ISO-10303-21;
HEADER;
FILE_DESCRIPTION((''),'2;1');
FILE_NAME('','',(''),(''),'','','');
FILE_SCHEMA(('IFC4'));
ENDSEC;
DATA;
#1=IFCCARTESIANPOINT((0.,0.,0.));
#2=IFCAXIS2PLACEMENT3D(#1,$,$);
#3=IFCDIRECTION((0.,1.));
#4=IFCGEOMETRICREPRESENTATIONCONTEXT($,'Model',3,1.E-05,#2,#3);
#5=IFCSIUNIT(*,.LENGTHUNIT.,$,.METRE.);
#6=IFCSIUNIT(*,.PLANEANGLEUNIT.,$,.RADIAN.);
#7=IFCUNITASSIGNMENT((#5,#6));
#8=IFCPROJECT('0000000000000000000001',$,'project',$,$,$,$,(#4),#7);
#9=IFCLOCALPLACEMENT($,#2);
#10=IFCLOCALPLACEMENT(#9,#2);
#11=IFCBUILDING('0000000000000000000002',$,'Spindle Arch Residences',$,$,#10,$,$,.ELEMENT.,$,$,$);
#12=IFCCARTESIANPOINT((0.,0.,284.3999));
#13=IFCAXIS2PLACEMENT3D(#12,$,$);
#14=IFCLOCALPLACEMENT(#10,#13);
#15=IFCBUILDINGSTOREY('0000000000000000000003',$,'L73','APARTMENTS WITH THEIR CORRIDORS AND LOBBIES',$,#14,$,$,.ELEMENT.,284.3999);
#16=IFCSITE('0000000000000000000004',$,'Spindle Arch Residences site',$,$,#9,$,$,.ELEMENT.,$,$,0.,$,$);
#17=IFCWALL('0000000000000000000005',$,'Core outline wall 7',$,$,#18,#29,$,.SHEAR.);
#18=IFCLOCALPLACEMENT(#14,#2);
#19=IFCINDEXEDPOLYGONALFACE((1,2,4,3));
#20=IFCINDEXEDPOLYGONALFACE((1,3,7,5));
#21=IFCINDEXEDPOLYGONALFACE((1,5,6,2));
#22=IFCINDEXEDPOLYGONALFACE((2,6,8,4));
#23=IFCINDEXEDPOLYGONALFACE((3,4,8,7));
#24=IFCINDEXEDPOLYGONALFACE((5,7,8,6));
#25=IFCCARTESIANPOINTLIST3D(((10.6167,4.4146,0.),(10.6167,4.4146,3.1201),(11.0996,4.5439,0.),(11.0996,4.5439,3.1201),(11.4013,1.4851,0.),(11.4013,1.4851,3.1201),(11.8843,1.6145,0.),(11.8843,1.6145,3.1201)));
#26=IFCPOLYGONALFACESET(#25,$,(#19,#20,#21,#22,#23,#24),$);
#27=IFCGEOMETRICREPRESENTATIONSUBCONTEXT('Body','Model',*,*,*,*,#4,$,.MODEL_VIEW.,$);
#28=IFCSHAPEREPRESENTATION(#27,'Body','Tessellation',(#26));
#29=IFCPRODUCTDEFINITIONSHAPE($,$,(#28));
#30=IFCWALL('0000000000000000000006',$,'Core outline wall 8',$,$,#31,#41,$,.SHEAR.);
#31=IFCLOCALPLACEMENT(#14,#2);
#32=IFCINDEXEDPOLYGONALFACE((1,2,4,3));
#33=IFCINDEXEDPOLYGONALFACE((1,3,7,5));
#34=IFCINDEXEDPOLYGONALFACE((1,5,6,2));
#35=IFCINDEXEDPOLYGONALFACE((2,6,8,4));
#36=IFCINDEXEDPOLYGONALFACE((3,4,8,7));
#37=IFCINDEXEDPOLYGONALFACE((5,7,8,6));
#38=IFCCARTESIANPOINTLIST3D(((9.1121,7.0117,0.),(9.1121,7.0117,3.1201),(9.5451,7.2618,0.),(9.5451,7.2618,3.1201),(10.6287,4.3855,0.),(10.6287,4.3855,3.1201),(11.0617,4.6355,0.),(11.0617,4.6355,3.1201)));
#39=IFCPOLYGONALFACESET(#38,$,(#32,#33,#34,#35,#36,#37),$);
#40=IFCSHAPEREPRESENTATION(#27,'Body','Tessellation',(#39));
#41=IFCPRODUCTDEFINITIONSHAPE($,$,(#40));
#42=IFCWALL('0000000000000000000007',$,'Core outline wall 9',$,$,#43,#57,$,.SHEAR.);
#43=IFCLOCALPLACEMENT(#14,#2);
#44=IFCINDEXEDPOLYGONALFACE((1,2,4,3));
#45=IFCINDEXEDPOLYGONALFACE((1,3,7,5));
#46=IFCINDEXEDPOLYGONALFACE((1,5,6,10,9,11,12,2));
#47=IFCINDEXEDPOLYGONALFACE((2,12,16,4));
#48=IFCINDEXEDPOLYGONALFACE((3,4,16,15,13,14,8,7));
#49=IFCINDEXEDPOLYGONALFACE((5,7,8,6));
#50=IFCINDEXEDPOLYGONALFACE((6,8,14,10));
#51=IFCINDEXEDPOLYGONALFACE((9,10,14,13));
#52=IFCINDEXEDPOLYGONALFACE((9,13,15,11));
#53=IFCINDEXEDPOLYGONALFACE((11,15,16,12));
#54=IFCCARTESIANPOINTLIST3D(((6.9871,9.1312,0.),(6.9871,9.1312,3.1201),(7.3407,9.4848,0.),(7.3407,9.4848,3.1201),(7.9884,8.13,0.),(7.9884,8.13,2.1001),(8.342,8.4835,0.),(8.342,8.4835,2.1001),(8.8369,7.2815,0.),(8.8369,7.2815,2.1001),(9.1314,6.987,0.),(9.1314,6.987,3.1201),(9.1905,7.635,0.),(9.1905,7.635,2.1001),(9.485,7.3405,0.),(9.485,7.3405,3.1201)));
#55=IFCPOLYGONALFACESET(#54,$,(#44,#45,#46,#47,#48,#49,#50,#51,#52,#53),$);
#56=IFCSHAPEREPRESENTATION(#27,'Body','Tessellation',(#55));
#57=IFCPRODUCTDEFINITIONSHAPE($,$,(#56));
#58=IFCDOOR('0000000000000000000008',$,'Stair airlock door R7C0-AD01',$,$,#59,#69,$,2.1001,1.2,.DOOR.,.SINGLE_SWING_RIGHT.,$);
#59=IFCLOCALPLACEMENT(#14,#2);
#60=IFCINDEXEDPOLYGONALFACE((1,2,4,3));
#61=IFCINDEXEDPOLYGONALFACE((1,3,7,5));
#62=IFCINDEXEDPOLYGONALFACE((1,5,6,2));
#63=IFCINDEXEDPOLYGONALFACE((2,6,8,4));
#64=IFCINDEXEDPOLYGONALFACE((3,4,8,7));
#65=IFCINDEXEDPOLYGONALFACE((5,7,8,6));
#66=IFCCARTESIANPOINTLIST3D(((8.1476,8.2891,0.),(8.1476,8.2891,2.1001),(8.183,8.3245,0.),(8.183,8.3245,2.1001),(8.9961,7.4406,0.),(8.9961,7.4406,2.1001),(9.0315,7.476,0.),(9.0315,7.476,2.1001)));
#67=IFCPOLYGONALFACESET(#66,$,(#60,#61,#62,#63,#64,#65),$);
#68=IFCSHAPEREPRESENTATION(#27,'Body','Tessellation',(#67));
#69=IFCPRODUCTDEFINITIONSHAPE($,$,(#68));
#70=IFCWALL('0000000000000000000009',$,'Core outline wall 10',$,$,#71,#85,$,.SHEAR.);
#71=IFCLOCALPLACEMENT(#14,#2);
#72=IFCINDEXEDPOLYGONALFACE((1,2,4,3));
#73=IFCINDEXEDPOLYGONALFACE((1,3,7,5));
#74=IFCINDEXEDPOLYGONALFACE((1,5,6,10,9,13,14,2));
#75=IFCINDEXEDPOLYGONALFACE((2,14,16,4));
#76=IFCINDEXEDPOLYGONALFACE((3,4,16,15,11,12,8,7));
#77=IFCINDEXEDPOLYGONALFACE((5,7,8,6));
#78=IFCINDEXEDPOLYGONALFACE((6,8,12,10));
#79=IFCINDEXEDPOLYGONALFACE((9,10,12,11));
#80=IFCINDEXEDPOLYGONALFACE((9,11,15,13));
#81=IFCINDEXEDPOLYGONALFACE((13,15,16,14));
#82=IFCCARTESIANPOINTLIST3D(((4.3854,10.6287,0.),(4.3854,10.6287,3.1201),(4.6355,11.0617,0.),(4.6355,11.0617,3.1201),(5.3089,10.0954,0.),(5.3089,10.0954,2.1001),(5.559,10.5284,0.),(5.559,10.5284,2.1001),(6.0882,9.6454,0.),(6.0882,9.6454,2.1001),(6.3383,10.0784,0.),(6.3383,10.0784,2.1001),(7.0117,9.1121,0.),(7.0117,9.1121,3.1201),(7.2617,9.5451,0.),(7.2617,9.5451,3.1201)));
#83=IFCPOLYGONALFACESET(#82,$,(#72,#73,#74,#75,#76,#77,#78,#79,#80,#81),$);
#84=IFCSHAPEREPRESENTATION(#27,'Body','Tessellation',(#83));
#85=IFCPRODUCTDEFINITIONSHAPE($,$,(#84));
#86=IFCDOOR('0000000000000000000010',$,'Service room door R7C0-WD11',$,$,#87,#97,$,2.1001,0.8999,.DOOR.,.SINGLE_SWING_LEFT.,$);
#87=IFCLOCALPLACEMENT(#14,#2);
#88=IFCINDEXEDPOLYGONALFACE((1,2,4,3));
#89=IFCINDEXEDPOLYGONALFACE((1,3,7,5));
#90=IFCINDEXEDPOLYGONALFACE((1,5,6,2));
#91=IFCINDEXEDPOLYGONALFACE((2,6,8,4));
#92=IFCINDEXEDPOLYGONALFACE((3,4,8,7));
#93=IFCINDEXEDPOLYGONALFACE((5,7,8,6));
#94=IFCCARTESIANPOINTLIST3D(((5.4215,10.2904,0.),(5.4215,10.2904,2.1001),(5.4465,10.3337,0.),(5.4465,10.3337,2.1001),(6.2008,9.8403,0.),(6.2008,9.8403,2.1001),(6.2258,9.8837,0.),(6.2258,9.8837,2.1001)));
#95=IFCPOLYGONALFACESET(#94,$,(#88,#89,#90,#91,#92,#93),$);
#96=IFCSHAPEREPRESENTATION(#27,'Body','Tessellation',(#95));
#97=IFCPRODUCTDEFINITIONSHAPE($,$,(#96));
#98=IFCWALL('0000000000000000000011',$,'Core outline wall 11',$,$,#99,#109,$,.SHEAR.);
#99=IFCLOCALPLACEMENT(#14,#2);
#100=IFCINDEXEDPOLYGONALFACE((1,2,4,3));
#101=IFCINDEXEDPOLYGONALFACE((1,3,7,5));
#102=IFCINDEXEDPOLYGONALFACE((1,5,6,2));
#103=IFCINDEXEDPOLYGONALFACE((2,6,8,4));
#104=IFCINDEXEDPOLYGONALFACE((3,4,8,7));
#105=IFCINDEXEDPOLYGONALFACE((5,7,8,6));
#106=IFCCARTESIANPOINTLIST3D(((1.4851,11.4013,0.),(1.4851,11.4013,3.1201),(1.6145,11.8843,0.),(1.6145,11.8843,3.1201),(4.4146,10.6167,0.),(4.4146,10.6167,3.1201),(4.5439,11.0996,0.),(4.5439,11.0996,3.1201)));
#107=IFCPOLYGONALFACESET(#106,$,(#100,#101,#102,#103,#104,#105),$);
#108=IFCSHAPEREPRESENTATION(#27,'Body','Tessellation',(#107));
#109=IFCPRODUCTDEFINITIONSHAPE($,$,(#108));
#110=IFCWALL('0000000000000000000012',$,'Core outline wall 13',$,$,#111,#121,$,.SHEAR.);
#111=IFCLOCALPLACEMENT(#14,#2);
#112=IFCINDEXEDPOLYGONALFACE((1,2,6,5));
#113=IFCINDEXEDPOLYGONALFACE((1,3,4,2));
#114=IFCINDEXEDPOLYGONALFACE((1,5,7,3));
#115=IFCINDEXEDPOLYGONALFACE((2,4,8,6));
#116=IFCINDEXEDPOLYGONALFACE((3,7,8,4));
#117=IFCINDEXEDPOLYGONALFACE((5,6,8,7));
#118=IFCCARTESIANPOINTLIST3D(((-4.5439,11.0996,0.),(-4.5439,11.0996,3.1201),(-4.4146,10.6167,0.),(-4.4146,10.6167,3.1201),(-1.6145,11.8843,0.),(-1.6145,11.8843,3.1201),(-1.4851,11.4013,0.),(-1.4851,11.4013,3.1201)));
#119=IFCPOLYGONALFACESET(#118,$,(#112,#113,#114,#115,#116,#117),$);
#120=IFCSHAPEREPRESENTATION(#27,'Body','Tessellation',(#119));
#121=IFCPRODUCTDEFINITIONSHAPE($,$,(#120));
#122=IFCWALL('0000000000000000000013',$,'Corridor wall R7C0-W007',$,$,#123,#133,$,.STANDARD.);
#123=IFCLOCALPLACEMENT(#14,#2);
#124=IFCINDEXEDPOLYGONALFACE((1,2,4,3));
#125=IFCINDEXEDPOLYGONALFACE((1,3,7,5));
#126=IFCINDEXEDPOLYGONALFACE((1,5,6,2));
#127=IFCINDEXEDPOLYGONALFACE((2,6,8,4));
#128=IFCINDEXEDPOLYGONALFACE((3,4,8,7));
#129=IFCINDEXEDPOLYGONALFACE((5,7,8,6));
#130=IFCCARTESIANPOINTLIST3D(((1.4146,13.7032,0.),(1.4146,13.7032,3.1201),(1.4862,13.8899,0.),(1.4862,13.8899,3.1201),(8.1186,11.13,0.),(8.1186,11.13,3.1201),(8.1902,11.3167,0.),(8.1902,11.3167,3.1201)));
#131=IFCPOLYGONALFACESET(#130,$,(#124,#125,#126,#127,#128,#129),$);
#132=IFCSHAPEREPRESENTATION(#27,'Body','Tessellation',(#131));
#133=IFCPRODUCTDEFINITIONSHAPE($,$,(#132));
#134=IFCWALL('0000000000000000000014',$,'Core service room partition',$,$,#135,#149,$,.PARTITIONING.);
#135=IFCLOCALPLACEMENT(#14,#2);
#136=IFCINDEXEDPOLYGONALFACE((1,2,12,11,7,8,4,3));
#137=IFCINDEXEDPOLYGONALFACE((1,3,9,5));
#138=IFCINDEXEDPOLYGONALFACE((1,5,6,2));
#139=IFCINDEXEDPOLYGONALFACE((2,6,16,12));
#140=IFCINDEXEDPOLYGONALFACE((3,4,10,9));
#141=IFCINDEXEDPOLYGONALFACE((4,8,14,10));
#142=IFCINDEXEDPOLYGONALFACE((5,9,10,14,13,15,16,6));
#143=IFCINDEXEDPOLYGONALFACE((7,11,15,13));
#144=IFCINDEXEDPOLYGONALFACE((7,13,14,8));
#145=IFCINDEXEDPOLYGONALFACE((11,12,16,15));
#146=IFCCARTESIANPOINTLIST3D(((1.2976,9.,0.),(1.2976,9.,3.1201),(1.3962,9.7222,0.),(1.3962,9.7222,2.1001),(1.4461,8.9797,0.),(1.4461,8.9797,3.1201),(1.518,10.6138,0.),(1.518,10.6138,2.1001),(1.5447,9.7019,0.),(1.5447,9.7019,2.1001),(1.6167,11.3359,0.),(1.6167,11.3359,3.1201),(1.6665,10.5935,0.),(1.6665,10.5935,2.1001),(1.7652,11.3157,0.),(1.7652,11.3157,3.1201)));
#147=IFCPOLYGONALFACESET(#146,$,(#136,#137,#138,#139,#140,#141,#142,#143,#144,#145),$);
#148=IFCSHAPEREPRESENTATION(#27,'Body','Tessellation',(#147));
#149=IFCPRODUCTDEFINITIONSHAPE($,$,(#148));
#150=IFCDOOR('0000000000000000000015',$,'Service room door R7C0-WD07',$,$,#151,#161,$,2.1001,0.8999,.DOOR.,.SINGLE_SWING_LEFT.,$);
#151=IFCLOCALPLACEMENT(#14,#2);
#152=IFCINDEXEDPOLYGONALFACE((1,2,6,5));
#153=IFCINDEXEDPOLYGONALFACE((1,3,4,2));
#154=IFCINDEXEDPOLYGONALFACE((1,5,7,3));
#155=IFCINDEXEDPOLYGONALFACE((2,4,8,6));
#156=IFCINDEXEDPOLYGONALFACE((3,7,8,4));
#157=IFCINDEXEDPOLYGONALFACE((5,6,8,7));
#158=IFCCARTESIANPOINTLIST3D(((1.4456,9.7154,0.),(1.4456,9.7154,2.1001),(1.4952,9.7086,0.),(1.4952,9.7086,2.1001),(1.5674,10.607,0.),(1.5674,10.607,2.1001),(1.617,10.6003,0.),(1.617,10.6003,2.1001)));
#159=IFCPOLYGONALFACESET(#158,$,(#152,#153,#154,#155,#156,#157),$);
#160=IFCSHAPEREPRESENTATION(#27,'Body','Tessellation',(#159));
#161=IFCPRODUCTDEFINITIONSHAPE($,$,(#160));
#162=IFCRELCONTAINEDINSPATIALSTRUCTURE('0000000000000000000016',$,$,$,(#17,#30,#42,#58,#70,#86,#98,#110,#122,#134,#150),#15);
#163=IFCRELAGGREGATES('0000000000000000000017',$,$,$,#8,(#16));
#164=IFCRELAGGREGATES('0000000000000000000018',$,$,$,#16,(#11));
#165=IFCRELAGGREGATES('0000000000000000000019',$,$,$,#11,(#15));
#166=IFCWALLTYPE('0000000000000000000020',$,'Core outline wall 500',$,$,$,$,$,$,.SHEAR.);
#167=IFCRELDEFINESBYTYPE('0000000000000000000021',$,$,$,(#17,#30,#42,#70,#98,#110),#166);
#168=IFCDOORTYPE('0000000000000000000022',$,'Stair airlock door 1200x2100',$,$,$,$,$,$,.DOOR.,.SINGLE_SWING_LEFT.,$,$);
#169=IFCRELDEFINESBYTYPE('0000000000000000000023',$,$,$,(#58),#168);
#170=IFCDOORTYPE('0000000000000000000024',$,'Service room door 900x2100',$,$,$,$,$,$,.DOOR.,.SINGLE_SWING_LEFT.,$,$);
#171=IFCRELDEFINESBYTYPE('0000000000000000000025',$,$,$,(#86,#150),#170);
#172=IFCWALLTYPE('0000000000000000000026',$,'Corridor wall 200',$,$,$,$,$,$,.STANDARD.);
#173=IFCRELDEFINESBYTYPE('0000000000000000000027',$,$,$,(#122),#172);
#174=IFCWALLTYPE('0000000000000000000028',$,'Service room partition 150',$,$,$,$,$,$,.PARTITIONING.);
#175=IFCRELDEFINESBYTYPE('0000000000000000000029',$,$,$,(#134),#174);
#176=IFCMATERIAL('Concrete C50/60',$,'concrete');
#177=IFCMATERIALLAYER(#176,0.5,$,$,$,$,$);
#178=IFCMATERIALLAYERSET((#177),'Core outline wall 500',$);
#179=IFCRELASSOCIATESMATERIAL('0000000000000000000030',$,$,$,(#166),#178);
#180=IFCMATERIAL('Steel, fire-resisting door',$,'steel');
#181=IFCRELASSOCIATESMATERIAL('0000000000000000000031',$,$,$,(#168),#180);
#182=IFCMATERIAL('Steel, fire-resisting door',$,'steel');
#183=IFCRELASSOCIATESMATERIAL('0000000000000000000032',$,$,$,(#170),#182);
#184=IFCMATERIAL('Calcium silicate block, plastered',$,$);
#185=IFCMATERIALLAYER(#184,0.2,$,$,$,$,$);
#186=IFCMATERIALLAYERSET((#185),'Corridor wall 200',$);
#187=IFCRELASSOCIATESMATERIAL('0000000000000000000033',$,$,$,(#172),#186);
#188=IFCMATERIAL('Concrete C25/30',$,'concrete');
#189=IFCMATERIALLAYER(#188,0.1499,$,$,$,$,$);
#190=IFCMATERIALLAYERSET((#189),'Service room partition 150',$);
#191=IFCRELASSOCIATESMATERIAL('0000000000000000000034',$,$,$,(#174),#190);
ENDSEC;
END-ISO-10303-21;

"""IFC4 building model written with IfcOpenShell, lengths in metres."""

from ifc_helpers import new_model, si_unit, direction, frame, frame_2d, origin, place, context, subcontext, project, spatial, rectangle, extrude, material, layer, layer_set, type_object, element, fill, save


model = new_model("IFC4")

# Units and contexts
model_context = context("Model", 3, precision=1e-05, world=origin(), true_north=direction((0.0, 1.0)))
body_context = subcontext(model_context, "Body", "Model", "MODEL_VIEW")
ifc_project = project(units=[si_unit("LENGTHUNIT", "METRE"), si_unit("PLANEANGLEUNIT", "RADIAN")], contexts=[model_context])

# Site, building, storey
site_placement = place(None, origin())
site = spatial("IfcSite", under=ifc_project, at=site_placement, Name="Spindle Arch Residences site", CompositionType="ELEMENT", RefElevation=0.0)
building_placement = place(site_placement, origin())
building = spatial("IfcBuilding", under=site, at=building_placement, Name="Spindle Arch Residences", CompositionType="ELEMENT")
storey_placement = place(building_placement, frame((0.0, 0.0, 284.3999)))
storey = spatial("IfcBuildingStorey", under=building, at=storey_placement, Name="L73", Description="APARTMENTS WITH THEIR CORRIDORS AND LOBBIES", CompositionType="ELEMENT", Elevation=284.3999)

# Walls
ifc_material_1 = material(Name="Concrete C50/60", Category="concrete")
ifc_layer_1 = layer(ifc_material_1, 0.5)
ifc_layer_set_1 = layer_set([ifc_layer_1], Name="Core outline wall 500")
wall_type_1 = type_object("IfcWallType", Name="Core outline wall 500", PredefinedType="SHEAR", material=ifc_layer_set_1)
for number, where, z_axis, x_axis, name in (
    (1, (11.6428, 1.5498, 0.0), (0.0, 0.0, 1.0), (-0.258735, 0.965948, 0.0), "Core outline wall 7"),
    (2, (10.8452, 4.5105, 0.0), (0.0, 0.0, 1.0), (-0.500087, 0.865975, 0.0), "Core outline wall 8"),
):
    element("IfcWall", number, at=place(storey_placement, frame(where, z_axis=z_axis, x_axis=x_axis)), inside=storey, type_object=wall_type_1, Name=name, PredefinedType="SHEAR", context=body_context, shape_type="SweptSolid", body=[
        extrude(rectangle(XDim=3.0327, YDim=0.5, at=frame_2d((1.5164, 0.0))), origin(), (0.0, 0.0, 1.0), 3.1201),
    ])

# Walls, openings, doors
wall_1_placement = place(storey_placement, frame((9.3081, 7.1638, 0.0), z_axis=(0.0, 0.0, 1.0), x_axis=(-0.707107, 0.707107, 0.0)))
wall_1 = element("IfcWall", 3, at=wall_1_placement, inside=storey, type_object=wall_type_1, Name="Core outline wall 9", PredefinedType="SHEAR", context=body_context, shape_type="SweptSolid", body=[
    extrude(rectangle(XDim=3.0325, YDim=0.5, at=frame_2d((1.5161, 0.0))), origin(), (0.0, 0.0, 1.0), 3.1201),
])
opening_1_placement = place(wall_1_placement, frame((0.4163, 0.0, 0.0)))
opening_1 = element("IfcOpeningElement", 4, at=opening_1_placement, cuts=wall_1, PredefinedType="OPENING", context=body_context, shape_type="SweptSolid", body=[
    extrude(rectangle(XDim=1.2, YDim=2.1001, at=frame_2d((0.6001, 1.05))), frame((0.0, 0.26, 0.0), z_axis=(0.0, -1.0, 0.0), x_axis=(1.0, 0.0, 0.0)), (0.0, 0.0, 1.0), 0.52),
])
ifc_material_2 = material(Name="Steel, fire-resisting door", Category="steel")
door_type_1 = type_object("IfcDoorType", Name="Stair airlock door 1200x2100", OperationType="SINGLE_SWING_LEFT", PredefinedType="DOOR", material=ifc_material_2)
door_1_placement = place(opening_1_placement, origin())
door_1 = element("IfcDoor", 5, at=door_1_placement, inside=storey, type_object=door_type_1, Name="Stair airlock door R7C0-AD01", OperationType="SINGLE_SWING_RIGHT", OverallHeight=2.1001, OverallWidth=1.2, PredefinedType="DOOR", context=body_context, shape_type="SweptSolid", body=[
    extrude(rectangle(XDim=1.2, YDim=2.1001, at=frame_2d((0.6001, 1.05))), frame((0.0, 0.0249, 0.0), z_axis=(0.0, -1.0, 0.0), x_axis=(1.0, 0.0, 0.0)), (0.0, 0.0, 1.0), 0.05),
])
fill(opening_1, door_1)
wall_2_placement = place(storey_placement, frame((7.1367, 9.3286, 0.0), z_axis=(0.0, 0.0, 1.0), x_axis=(-0.865975, 0.500087, 0.0)))
wall_2 = element("IfcWall", 6, at=wall_2_placement, inside=storey, type_object=wall_type_1, Name="Core outline wall 10", PredefinedType="SHEAR", context=body_context, shape_type="SweptSolid", body=[
    extrude(rectangle(XDim=3.0327, YDim=0.5, at=frame_2d((1.5164, 0.0))), origin(), (0.0, 0.0, 1.0), 3.1201),
])
opening_2_placement = place(wall_2_placement, frame((1.0664, 0.0, 0.0)))
opening_2 = element("IfcOpeningElement", 7, at=opening_2_placement, cuts=wall_2, PredefinedType="OPENING", context=body_context, shape_type="SweptSolid", body=[
    extrude(rectangle(XDim=0.8999, YDim=2.1001, at=frame_2d((0.45, 1.05))), frame((0.0, 0.26, 0.0), z_axis=(0.0, -1.0, 0.0), x_axis=(1.0, 0.0, 0.0)), (0.0, 0.0, 1.0), 0.52),
])
ifc_material_3 = material(Name="Steel, fire-resisting door", Category="steel")
door_type_2 = type_object("IfcDoorType", Name="Service room door 900x2100", OperationType="SINGLE_SWING_LEFT", PredefinedType="DOOR", material=ifc_material_3)
door_2_placement = place(opening_2_placement, origin())
door_2 = element("IfcDoor", 8, at=door_2_placement, inside=storey, type_object=door_type_2, Name="Service room door R7C0-WD11", OperationType="SINGLE_SWING_LEFT", OverallHeight=2.1001, OverallWidth=0.8999, PredefinedType="DOOR", context=body_context, shape_type="SweptSolid", body=[
    extrude(rectangle(XDim=0.8999, YDim=2.1001, at=frame_2d((0.45, 1.05))), frame((0.0, 0.0249, 0.0), z_axis=(0.0, -1.0, 0.0), x_axis=(1.0, 0.0, 0.0)), (0.0, 0.0, 1.0), 0.05),
])
fill(opening_2, door_2)

# Walls
for number, where, z_axis, x_axis, name in (
    (9, (4.4792, 10.8582, 0.0), (0.0, 0.0, 1.0), (-0.965948, 0.258735, 0.0), "Core outline wall 11"),
    (10, (-1.5498, 11.6428, 0.0), (0.0, 0.0, 1.0), (-0.965948, -0.258735, 0.0), "Core outline wall 13"),
):
    element("IfcWall", number, at=place(storey_placement, frame(where, z_axis=z_axis, x_axis=x_axis)), inside=storey, type_object=wall_type_1, Name=name, PredefinedType="SHEAR", context=body_context, shape_type="SweptSolid", body=[
        extrude(rectangle(XDim=3.0327, YDim=0.5, at=frame_2d((1.5164, 0.0))), origin(), (0.0, 0.0, 1.0), 3.1201),
    ])
ifc_material_4 = material(Name="Calcium silicate block, plastered")
ifc_layer_2 = layer(ifc_material_4, 0.2)
ifc_layer_set_2 = layer_set([ifc_layer_2], Name="Corridor wall 200")
wall_type_2 = type_object("IfcWallType", Name="Corridor wall 200", PredefinedType="STANDARD", material=ifc_layer_set_2)
wall_3_placement = place(storey_placement, frame((8.1543, 11.2234, 0.0), z_axis=(0.0, 0.0, 1.0), x_axis=(-0.933591, 0.358341, 0.0)))
element("IfcWall", 11, at=wall_3_placement, inside=storey, type_object=wall_type_2, Name="Corridor wall R7C0-W007", PredefinedType="STANDARD", context=body_context, shape_type="SweptSolid", body=[
    extrude(rectangle(XDim=7.1809, YDim=0.2, at=frame_2d((3.5903, 0.0))), origin(), (0.0, 0.0, 1.0), 3.1201),
])

# Wall, opening, door
ifc_material_5 = material(Name="Concrete C25/30", Category="concrete")
ifc_layer_3 = layer(ifc_material_5, 0.1499)
ifc_layer_set_3 = layer_set([ifc_layer_3], Name="Service room partition 150")
wall_type_3 = type_object("IfcWallType", Name="Service room partition 150", PredefinedType="PARTITIONING", material=ifc_layer_set_3)
wall_4_placement = place(storey_placement, frame((1.6909, 11.3257, 0.0), z_axis=(0.0, 0.0, 1.0), x_axis=(-0.135344, -0.990799, 0.0)))
wall_4 = element("IfcWall", 12, at=wall_4_placement, inside=storey, type_object=wall_type_3, Name="Core service room partition", PredefinedType="PARTITIONING", context=body_context, shape_type="SweptSolid", body=[
    extrude(rectangle(XDim=2.3577, YDim=0.1499, at=frame_2d((1.1787, 0.0))), origin(), (0.0, 0.0, 1.0), 3.1201),
])
opening_3_placement = place(wall_4_placement, frame((0.7288, 0.0, 0.0)))
opening_3 = element("IfcOpeningElement", 13, at=opening_3_placement, cuts=wall_4, PredefinedType="OPENING", context=body_context, shape_type="SweptSolid", body=[
    extrude(rectangle(XDim=0.8999, YDim=2.1001, at=frame_2d((0.45, 1.05))), frame((0.0, 0.085, 0.0), z_axis=(0.0, -1.0, 0.0), x_axis=(1.0, 0.0, 0.0)), (0.0, 0.0, 1.0), 0.1699),
])
door_3_placement = place(opening_3_placement, origin())
door_3 = element("IfcDoor", 14, at=door_3_placement, inside=storey, type_object=door_type_2, Name="Service room door R7C0-WD07", OperationType="SINGLE_SWING_LEFT", OverallHeight=2.1001, OverallWidth=0.8999, PredefinedType="DOOR", context=body_context, shape_type="SweptSolid", body=[
    extrude(rectangle(XDim=0.8999, YDim=2.1001, at=frame_2d((0.45, 1.05))), frame((0.0, 0.0249, 0.0), z_axis=(0.0, -1.0, 0.0), x_axis=(1.0, 0.0, 0.0)), (0.0, 0.0, 1.0), 0.05),
])
fill(opening_3, door_3)

save(model, "model.ifc")
